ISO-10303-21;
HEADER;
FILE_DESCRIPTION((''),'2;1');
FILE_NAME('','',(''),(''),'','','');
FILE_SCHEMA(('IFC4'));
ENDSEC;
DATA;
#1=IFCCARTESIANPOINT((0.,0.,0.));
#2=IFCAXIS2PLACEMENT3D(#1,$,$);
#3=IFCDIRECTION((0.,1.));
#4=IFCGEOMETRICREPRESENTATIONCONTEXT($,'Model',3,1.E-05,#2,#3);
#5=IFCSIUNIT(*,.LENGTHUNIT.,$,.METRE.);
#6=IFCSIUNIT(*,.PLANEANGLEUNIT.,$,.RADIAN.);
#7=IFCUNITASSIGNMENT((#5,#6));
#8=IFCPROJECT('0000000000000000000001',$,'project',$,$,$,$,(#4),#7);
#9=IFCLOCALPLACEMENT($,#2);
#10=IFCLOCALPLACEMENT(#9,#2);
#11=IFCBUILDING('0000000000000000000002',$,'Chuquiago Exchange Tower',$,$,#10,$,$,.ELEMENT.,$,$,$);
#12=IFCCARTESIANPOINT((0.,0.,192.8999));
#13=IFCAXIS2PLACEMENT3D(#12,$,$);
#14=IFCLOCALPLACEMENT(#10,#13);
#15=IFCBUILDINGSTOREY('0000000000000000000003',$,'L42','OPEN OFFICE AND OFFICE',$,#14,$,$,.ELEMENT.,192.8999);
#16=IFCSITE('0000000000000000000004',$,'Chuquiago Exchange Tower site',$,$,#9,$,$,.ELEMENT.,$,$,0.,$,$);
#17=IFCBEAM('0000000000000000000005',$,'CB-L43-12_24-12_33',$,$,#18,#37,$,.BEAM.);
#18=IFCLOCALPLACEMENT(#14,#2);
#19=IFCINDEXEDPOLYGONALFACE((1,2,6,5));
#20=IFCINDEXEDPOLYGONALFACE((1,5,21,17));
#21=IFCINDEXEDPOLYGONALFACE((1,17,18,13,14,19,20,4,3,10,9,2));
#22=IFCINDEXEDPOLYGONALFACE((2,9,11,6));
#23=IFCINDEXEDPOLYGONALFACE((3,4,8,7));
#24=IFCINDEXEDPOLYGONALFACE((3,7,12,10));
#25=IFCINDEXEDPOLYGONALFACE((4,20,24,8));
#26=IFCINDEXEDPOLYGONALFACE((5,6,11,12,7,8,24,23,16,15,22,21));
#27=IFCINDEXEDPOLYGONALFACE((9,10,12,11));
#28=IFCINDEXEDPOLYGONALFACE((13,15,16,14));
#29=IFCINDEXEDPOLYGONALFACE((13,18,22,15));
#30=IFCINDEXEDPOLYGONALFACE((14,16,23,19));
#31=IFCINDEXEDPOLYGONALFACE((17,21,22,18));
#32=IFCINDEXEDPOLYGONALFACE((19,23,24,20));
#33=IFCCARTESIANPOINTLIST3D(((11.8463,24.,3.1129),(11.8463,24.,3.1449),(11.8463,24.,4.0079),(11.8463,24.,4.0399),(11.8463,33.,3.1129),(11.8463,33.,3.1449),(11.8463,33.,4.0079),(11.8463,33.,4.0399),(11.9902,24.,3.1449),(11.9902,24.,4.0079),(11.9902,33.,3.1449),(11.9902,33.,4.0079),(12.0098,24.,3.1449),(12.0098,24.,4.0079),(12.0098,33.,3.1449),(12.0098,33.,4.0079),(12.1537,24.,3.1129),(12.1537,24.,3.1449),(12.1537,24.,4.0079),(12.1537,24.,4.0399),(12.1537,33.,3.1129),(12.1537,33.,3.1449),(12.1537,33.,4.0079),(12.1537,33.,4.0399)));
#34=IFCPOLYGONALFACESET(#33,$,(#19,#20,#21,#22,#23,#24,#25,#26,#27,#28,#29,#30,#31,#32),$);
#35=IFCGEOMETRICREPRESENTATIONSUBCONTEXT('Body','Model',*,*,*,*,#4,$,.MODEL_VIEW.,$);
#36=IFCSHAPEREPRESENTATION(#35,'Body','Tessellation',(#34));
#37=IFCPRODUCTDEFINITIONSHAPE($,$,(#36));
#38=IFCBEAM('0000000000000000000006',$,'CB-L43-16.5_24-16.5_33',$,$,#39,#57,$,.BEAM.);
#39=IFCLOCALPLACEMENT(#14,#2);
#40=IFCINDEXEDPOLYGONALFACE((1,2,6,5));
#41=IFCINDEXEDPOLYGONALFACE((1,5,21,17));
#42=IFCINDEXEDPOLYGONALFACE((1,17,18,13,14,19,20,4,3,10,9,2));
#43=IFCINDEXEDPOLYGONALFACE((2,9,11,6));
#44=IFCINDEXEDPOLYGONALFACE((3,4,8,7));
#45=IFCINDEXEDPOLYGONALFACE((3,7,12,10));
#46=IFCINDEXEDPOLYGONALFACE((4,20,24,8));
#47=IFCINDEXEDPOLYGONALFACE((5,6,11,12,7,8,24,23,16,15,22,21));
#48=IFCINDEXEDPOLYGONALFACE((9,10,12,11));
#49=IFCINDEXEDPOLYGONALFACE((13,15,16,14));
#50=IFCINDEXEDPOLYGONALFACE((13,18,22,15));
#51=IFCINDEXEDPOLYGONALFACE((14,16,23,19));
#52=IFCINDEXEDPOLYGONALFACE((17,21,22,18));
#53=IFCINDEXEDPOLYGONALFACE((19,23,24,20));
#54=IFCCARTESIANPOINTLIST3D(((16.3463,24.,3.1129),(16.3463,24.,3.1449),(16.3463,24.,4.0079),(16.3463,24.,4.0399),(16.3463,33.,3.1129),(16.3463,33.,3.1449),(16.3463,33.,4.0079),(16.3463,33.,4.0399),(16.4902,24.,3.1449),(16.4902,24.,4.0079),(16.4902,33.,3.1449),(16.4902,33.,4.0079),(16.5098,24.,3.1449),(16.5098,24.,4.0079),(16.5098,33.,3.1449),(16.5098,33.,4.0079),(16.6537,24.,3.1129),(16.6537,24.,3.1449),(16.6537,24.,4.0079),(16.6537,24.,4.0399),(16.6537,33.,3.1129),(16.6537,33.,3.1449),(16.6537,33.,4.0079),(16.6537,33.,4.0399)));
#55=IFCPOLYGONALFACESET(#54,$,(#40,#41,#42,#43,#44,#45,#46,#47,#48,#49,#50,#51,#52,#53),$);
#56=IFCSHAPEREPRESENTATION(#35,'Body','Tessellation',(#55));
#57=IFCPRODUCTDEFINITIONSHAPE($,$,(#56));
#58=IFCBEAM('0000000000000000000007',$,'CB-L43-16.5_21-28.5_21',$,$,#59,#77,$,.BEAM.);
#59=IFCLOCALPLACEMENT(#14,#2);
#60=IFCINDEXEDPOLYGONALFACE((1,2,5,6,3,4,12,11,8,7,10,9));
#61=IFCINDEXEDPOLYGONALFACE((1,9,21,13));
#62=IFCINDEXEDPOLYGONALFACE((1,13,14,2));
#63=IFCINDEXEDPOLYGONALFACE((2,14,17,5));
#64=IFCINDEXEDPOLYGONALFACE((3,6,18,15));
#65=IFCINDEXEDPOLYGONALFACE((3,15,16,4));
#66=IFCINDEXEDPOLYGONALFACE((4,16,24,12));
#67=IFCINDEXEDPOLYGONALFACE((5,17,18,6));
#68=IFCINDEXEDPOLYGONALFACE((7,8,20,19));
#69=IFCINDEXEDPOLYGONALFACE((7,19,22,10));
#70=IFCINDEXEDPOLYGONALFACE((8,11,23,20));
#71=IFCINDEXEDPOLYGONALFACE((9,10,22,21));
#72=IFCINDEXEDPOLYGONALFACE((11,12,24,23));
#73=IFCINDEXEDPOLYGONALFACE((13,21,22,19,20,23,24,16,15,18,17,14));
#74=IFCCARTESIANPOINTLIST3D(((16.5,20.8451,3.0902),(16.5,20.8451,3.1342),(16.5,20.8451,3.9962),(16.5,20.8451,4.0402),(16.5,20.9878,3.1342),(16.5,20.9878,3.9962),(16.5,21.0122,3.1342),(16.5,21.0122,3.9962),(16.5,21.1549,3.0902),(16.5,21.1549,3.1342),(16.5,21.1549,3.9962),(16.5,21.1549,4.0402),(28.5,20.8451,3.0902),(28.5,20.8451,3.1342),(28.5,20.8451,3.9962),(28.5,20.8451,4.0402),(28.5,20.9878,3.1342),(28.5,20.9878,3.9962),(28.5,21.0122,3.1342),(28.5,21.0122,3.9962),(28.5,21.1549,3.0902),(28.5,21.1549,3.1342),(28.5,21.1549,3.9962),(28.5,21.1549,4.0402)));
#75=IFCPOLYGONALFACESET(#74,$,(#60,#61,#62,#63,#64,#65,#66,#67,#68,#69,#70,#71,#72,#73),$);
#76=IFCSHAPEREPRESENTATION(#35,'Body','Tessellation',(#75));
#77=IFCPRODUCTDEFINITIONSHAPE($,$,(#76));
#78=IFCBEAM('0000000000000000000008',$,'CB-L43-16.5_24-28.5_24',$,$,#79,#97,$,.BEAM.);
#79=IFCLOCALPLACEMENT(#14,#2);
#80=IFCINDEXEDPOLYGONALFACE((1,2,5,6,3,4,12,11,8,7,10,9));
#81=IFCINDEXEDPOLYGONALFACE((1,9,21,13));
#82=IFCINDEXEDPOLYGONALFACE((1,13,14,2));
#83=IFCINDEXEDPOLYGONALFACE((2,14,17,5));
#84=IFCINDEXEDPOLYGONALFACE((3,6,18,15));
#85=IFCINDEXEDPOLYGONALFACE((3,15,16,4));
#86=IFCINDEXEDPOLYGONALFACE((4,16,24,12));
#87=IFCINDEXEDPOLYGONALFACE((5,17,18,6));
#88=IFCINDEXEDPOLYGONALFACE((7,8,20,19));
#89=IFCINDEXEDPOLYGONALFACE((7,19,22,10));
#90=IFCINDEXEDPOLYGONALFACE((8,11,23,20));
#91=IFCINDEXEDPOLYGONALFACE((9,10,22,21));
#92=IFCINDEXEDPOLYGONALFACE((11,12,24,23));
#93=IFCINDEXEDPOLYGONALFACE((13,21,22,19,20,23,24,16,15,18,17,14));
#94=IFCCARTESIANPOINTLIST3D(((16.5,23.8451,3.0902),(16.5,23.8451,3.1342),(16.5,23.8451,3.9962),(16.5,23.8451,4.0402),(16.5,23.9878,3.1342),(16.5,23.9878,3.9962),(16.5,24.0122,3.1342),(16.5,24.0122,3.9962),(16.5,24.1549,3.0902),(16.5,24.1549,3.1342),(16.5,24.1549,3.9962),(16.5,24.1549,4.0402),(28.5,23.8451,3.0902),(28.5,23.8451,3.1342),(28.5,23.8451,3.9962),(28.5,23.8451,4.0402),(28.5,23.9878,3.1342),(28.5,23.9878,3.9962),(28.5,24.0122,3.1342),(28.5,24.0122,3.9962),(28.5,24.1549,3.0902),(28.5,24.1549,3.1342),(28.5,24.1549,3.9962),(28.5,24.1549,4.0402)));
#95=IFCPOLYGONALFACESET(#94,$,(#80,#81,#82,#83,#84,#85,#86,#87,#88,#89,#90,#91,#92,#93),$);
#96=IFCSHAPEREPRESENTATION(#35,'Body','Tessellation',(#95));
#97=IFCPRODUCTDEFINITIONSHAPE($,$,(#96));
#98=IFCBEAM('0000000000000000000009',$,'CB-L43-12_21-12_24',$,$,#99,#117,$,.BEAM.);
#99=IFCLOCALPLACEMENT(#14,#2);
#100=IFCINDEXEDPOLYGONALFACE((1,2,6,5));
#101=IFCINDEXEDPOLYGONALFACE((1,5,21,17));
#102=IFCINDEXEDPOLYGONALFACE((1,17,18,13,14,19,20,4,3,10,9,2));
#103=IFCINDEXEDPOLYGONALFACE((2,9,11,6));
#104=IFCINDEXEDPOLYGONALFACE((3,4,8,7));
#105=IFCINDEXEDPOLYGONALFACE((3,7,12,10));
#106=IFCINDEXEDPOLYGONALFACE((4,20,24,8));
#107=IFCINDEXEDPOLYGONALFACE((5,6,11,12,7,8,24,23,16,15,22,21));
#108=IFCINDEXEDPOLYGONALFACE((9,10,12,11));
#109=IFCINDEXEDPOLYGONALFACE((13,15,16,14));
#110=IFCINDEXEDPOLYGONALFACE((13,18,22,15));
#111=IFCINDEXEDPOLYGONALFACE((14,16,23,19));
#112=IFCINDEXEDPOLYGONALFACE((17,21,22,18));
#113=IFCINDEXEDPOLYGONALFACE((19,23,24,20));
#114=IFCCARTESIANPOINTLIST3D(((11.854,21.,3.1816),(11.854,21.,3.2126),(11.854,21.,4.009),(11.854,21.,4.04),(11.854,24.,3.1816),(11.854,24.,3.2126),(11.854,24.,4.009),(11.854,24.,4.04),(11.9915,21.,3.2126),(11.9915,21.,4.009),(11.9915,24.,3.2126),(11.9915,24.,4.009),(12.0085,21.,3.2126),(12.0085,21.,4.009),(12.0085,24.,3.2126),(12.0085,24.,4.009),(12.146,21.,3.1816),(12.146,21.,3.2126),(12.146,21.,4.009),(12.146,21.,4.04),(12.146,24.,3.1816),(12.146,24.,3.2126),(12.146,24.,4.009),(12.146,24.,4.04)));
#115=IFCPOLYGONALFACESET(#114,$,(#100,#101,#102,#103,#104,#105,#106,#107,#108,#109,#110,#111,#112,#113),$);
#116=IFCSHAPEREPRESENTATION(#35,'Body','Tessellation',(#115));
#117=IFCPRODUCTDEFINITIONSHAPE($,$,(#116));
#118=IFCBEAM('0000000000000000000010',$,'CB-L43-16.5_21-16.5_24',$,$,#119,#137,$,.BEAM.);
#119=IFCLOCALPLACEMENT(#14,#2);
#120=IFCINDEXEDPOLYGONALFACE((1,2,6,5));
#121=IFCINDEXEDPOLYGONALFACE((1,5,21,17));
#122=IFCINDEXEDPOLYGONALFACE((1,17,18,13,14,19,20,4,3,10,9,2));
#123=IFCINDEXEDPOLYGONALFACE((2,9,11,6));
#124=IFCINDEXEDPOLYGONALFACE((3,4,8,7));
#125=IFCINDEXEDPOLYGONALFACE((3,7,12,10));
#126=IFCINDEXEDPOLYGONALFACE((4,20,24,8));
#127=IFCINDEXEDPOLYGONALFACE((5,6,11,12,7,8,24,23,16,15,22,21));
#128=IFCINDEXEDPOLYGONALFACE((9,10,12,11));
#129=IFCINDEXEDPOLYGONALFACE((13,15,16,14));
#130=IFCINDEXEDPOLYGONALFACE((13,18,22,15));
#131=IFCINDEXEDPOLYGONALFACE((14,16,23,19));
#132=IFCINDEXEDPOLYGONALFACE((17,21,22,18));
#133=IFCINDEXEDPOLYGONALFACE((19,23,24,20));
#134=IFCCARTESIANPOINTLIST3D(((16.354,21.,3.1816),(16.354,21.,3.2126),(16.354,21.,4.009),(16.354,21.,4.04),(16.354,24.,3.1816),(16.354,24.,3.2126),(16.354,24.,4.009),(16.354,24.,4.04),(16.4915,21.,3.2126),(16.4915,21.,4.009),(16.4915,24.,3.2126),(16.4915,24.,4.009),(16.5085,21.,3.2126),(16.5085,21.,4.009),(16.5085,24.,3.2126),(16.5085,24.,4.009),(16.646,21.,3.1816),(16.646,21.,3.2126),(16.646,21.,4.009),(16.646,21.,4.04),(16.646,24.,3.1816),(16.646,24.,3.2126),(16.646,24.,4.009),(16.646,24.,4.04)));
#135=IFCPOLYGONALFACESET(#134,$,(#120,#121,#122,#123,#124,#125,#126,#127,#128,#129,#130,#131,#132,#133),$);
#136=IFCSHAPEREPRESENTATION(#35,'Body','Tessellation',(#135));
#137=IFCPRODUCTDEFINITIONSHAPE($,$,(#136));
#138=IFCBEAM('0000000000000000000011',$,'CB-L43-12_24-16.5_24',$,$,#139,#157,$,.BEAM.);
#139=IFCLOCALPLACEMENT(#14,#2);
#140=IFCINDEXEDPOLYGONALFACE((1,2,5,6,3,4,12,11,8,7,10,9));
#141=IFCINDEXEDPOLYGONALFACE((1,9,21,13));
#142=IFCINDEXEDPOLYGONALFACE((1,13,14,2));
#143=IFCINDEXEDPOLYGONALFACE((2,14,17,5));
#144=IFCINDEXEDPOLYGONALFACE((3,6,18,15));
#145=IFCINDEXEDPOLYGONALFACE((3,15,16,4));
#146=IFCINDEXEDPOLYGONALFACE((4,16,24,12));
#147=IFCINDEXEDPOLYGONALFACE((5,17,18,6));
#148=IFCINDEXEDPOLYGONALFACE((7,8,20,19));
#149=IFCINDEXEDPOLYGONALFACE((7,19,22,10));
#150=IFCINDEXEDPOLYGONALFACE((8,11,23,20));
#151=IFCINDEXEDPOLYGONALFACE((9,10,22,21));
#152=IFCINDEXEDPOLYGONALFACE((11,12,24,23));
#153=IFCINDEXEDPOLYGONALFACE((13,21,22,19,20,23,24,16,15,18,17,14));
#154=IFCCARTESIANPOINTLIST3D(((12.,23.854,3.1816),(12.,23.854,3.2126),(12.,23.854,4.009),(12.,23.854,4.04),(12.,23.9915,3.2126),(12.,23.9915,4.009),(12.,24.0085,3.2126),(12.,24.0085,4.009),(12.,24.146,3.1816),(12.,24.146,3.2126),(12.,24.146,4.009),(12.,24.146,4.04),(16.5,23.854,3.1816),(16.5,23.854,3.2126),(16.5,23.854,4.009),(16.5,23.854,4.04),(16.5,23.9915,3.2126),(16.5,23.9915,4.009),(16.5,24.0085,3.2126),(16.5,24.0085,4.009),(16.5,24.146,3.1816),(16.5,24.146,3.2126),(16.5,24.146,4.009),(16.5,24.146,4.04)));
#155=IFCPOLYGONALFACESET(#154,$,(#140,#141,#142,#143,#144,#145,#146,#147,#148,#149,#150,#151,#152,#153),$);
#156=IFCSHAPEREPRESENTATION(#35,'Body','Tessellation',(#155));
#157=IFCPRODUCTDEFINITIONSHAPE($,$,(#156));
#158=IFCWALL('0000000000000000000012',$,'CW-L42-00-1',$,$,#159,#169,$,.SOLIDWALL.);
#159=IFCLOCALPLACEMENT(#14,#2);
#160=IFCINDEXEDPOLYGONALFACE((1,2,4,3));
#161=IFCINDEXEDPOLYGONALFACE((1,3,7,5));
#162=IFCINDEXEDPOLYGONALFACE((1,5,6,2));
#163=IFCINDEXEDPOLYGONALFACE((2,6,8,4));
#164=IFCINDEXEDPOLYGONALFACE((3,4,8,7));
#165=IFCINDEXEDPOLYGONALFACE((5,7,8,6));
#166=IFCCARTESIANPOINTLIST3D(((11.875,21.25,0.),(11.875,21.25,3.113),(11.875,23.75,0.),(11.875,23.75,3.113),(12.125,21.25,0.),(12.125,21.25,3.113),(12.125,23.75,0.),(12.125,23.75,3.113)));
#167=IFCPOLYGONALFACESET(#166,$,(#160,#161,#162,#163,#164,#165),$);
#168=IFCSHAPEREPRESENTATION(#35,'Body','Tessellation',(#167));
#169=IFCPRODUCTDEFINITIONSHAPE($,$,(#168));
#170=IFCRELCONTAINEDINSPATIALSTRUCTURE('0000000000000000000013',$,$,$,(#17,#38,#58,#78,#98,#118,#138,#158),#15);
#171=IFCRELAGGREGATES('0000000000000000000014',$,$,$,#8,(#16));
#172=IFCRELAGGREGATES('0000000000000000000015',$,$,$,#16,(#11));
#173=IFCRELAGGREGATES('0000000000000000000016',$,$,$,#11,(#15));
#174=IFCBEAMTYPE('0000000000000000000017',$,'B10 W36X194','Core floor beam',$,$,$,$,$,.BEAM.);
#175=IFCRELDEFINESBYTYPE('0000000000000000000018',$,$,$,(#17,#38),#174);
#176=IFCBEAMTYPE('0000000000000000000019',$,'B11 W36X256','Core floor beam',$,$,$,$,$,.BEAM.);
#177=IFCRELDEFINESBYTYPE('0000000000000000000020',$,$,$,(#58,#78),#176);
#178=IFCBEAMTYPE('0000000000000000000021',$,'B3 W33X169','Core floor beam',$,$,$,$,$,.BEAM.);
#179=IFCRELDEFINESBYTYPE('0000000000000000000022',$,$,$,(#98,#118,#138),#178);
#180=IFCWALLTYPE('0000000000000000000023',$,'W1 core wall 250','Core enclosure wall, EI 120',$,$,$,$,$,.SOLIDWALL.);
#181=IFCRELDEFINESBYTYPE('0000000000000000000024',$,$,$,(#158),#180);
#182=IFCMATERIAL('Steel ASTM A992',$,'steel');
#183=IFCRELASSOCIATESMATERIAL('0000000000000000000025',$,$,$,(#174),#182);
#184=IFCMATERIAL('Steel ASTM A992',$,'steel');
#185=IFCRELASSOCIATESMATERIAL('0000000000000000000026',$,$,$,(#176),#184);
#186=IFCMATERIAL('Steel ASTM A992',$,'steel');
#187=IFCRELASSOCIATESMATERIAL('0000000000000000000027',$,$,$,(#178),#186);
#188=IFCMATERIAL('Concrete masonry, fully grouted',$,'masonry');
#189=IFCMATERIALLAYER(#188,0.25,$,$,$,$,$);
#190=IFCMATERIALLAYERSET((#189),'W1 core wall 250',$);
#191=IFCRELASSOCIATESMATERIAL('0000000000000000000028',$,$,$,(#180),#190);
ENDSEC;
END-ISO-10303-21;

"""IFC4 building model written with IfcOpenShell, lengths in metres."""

from ifc_helpers import new_model, si_unit, direction, frame, frame_2d, origin, origin_2d, place, context, subcontext, project, spatial, rectangle, i_section, extrude, material, layer, layer_set, material_profile, profile_set, type_object, element, save


model = new_model("IFC4")

# Units and contexts
model_context = context("Model", 3, precision=1e-05, world=origin(), true_north=direction((0.0, 1.0)))
body_context = subcontext(model_context, "Body", "Model", "MODEL_VIEW")
ifc_project = project(units=[si_unit("LENGTHUNIT", "METRE"), si_unit("PLANEANGLEUNIT", "RADIAN")], contexts=[model_context])

# Site, building, storey
site_placement = place(None, origin())
site = spatial("IfcSite", under=ifc_project, at=site_placement, Name="Chuquiago Exchange Tower site", CompositionType="ELEMENT", RefElevation=0.0)
building_placement = place(site_placement, origin())
building = spatial("IfcBuilding", under=site, at=building_placement, Name="Chuquiago Exchange Tower", CompositionType="ELEMENT")
storey_placement = place(building_placement, frame((0.0, 0.0, 192.8999)))
storey = spatial("IfcBuildingStorey", under=building, at=storey_placement, Name="L42", Description="OPEN OFFICE AND OFFICE", CompositionType="ELEMENT", Elevation=192.8999)

# Beams
ifc_material_1 = material(Name="Steel ASTM A992", Category="steel")
ifc_material_profile_1 = material_profile(ifc_material_1, i_section(OverallWidth=0.3074, OverallDepth=0.927, WebThickness=0.0195, FlangeThickness=0.032, at=origin_2d()), Name="W36X194")
ifc_profile_set_1 = profile_set([ifc_material_profile_1], Name="Steel ASTM A992")
beam_type_1 = type_object("IfcBeamType", Name="B10 W36X194", Description="Core floor beam", PredefinedType="BEAM", material=ifc_profile_set_1)
for number, where, z_axis, x_axis, name in (
    (1, (12.0, 24.0, 3.5764), (0.0, 1.0, 0.0), (-1.0, 0.0, 0.0), "CB-L43-12_24-12_33"),
    (2, (16.5, 24.0, 3.5764), (0.0, 1.0, 0.0), (-1.0, 0.0, 0.0), "CB-L43-16.5_24-16.5_33"),
):
    element("IfcBeam", number, at=place(storey_placement, frame(where, z_axis=z_axis, x_axis=x_axis)), inside=storey, type_object=beam_type_1, Name=name, PredefinedType="BEAM", context=body_context, shape_type="SweptSolid", body=[
        extrude(i_section(OverallWidth=0.3074, OverallDepth=0.927, WebThickness=0.0195, FlangeThickness=0.032, at=origin_2d()), origin(), (0.0, 0.0, 1.0), 9.0),
    ])
ifc_material_2 = material(Name="Steel ASTM A992", Category="steel")
ifc_material_profile_2 = material_profile(ifc_material_2, i_section(OverallWidth=0.3098, OverallDepth=0.95, WebThickness=0.0244, FlangeThickness=0.0439, at=origin_2d()), Name="W36X256")
ifc_profile_set_2 = profile_set([ifc_material_profile_2], Name="Steel ASTM A992")
beam_type_2 = type_object("IfcBeamType", Name="B11 W36X256", Description="Core floor beam", PredefinedType="BEAM", material=ifc_profile_set_2)
for number, where, z_axis, x_axis, name in (
    (3, (16.5, 21.0, 3.5652), (1.0, 0.0, 0.0), (0.0, 1.0, 0.0), "CB-L43-16.5_21-28.5_21"),
    (4, (16.5, 24.0, 3.5652), (1.0, 0.0, 0.0), (0.0, 1.0, 0.0), "CB-L43-16.5_24-28.5_24"),
):
    element("IfcBeam", number, at=place(storey_placement, frame(where, z_axis=z_axis, x_axis=x_axis)), inside=storey, type_object=beam_type_2, Name=name, PredefinedType="BEAM", context=body_context, shape_type="SweptSolid", body=[
        extrude(i_section(OverallWidth=0.3098, OverallDepth=0.95, WebThickness=0.0244, FlangeThickness=0.0439, at=origin_2d()), origin(), (0.0, 0.0, 1.0), 12.0),
    ])
ifc_material_3 = material(Name="Steel ASTM A992", Category="steel")
ifc_material_profile_3 = material_profile(ifc_material_3, i_section(OverallWidth=0.292, OverallDepth=0.8584, WebThickness=0.0171, FlangeThickness=0.031, at=origin_2d()), Name="W33X169")
ifc_profile_set_3 = profile_set([ifc_material_profile_3], Name="Steel ASTM A992")
beam_type_3 = type_object("IfcBeamType", Name="B3 W33X169", Description="Core floor beam", PredefinedType="BEAM", material=ifc_profile_set_3)
for number, where, z_axis, x_axis, name in (
    (5, (12.0, 21.0, 3.6108), (0.0, 1.0, 0.0), (-1.0, 0.0, 0.0), "CB-L43-12_21-12_24"),
    (6, (16.5, 21.0, 3.6108), (0.0, 1.0, 0.0), (-1.0, 0.0, 0.0), "CB-L43-16.5_21-16.5_24"),
):
    element("IfcBeam", number, at=place(storey_placement, frame(where, z_axis=z_axis, x_axis=x_axis)), inside=storey, type_object=beam_type_3, Name=name, PredefinedType="BEAM", context=body_context, shape_type="SweptSolid", body=[
        extrude(i_section(OverallWidth=0.292, OverallDepth=0.8584, WebThickness=0.0171, FlangeThickness=0.031, at=origin_2d()), origin(), (0.0, 0.0, 1.0), 3.0),
    ])
beam_placement = place(storey_placement, frame((12.0, 24.0, 3.6108), z_axis=(1.0, 0.0, 0.0), x_axis=(0.0, 1.0, 0.0)))
element("IfcBeam", 7, at=beam_placement, inside=storey, type_object=beam_type_3, Name="CB-L43-12_24-16.5_24", PredefinedType="BEAM", context=body_context, shape_type="SweptSolid", body=[
    extrude(i_section(OverallWidth=0.292, OverallDepth=0.8584, WebThickness=0.0171, FlangeThickness=0.031, at=origin_2d()), origin(), (0.0, 0.0, 1.0), 4.5),
])

# Wall
ifc_material_4 = material(Name="Concrete masonry, fully grouted", Category="masonry")
ifc_layer_1 = layer(ifc_material_4, 0.25)
ifc_layer_set_1 = layer_set([ifc_layer_1], Name="W1 core wall 250")
wall_type_1 = type_object("IfcWallType", Name="W1 core wall 250", Description="Core enclosure wall, EI 120", PredefinedType="SOLIDWALL", material=ifc_layer_set_1)
wall_1_placement = place(storey_placement, frame((12.0, 21.25, 0.0), z_axis=(0.0, 0.0, 1.0), x_axis=(0.0, 1.0, 0.0)))
element("IfcWall", 8, at=wall_1_placement, inside=storey, type_object=wall_type_1, Name="CW-L42-00-1", PredefinedType="SOLIDWALL", context=body_context, shape_type="SweptSolid", body=[
    extrude(rectangle(XDim=2.5, YDim=0.25, at=frame_2d((1.25, 0.0))), origin(), (0.0, 0.0, 1.0), 3.113),
])

save(model, "model.ifc")
